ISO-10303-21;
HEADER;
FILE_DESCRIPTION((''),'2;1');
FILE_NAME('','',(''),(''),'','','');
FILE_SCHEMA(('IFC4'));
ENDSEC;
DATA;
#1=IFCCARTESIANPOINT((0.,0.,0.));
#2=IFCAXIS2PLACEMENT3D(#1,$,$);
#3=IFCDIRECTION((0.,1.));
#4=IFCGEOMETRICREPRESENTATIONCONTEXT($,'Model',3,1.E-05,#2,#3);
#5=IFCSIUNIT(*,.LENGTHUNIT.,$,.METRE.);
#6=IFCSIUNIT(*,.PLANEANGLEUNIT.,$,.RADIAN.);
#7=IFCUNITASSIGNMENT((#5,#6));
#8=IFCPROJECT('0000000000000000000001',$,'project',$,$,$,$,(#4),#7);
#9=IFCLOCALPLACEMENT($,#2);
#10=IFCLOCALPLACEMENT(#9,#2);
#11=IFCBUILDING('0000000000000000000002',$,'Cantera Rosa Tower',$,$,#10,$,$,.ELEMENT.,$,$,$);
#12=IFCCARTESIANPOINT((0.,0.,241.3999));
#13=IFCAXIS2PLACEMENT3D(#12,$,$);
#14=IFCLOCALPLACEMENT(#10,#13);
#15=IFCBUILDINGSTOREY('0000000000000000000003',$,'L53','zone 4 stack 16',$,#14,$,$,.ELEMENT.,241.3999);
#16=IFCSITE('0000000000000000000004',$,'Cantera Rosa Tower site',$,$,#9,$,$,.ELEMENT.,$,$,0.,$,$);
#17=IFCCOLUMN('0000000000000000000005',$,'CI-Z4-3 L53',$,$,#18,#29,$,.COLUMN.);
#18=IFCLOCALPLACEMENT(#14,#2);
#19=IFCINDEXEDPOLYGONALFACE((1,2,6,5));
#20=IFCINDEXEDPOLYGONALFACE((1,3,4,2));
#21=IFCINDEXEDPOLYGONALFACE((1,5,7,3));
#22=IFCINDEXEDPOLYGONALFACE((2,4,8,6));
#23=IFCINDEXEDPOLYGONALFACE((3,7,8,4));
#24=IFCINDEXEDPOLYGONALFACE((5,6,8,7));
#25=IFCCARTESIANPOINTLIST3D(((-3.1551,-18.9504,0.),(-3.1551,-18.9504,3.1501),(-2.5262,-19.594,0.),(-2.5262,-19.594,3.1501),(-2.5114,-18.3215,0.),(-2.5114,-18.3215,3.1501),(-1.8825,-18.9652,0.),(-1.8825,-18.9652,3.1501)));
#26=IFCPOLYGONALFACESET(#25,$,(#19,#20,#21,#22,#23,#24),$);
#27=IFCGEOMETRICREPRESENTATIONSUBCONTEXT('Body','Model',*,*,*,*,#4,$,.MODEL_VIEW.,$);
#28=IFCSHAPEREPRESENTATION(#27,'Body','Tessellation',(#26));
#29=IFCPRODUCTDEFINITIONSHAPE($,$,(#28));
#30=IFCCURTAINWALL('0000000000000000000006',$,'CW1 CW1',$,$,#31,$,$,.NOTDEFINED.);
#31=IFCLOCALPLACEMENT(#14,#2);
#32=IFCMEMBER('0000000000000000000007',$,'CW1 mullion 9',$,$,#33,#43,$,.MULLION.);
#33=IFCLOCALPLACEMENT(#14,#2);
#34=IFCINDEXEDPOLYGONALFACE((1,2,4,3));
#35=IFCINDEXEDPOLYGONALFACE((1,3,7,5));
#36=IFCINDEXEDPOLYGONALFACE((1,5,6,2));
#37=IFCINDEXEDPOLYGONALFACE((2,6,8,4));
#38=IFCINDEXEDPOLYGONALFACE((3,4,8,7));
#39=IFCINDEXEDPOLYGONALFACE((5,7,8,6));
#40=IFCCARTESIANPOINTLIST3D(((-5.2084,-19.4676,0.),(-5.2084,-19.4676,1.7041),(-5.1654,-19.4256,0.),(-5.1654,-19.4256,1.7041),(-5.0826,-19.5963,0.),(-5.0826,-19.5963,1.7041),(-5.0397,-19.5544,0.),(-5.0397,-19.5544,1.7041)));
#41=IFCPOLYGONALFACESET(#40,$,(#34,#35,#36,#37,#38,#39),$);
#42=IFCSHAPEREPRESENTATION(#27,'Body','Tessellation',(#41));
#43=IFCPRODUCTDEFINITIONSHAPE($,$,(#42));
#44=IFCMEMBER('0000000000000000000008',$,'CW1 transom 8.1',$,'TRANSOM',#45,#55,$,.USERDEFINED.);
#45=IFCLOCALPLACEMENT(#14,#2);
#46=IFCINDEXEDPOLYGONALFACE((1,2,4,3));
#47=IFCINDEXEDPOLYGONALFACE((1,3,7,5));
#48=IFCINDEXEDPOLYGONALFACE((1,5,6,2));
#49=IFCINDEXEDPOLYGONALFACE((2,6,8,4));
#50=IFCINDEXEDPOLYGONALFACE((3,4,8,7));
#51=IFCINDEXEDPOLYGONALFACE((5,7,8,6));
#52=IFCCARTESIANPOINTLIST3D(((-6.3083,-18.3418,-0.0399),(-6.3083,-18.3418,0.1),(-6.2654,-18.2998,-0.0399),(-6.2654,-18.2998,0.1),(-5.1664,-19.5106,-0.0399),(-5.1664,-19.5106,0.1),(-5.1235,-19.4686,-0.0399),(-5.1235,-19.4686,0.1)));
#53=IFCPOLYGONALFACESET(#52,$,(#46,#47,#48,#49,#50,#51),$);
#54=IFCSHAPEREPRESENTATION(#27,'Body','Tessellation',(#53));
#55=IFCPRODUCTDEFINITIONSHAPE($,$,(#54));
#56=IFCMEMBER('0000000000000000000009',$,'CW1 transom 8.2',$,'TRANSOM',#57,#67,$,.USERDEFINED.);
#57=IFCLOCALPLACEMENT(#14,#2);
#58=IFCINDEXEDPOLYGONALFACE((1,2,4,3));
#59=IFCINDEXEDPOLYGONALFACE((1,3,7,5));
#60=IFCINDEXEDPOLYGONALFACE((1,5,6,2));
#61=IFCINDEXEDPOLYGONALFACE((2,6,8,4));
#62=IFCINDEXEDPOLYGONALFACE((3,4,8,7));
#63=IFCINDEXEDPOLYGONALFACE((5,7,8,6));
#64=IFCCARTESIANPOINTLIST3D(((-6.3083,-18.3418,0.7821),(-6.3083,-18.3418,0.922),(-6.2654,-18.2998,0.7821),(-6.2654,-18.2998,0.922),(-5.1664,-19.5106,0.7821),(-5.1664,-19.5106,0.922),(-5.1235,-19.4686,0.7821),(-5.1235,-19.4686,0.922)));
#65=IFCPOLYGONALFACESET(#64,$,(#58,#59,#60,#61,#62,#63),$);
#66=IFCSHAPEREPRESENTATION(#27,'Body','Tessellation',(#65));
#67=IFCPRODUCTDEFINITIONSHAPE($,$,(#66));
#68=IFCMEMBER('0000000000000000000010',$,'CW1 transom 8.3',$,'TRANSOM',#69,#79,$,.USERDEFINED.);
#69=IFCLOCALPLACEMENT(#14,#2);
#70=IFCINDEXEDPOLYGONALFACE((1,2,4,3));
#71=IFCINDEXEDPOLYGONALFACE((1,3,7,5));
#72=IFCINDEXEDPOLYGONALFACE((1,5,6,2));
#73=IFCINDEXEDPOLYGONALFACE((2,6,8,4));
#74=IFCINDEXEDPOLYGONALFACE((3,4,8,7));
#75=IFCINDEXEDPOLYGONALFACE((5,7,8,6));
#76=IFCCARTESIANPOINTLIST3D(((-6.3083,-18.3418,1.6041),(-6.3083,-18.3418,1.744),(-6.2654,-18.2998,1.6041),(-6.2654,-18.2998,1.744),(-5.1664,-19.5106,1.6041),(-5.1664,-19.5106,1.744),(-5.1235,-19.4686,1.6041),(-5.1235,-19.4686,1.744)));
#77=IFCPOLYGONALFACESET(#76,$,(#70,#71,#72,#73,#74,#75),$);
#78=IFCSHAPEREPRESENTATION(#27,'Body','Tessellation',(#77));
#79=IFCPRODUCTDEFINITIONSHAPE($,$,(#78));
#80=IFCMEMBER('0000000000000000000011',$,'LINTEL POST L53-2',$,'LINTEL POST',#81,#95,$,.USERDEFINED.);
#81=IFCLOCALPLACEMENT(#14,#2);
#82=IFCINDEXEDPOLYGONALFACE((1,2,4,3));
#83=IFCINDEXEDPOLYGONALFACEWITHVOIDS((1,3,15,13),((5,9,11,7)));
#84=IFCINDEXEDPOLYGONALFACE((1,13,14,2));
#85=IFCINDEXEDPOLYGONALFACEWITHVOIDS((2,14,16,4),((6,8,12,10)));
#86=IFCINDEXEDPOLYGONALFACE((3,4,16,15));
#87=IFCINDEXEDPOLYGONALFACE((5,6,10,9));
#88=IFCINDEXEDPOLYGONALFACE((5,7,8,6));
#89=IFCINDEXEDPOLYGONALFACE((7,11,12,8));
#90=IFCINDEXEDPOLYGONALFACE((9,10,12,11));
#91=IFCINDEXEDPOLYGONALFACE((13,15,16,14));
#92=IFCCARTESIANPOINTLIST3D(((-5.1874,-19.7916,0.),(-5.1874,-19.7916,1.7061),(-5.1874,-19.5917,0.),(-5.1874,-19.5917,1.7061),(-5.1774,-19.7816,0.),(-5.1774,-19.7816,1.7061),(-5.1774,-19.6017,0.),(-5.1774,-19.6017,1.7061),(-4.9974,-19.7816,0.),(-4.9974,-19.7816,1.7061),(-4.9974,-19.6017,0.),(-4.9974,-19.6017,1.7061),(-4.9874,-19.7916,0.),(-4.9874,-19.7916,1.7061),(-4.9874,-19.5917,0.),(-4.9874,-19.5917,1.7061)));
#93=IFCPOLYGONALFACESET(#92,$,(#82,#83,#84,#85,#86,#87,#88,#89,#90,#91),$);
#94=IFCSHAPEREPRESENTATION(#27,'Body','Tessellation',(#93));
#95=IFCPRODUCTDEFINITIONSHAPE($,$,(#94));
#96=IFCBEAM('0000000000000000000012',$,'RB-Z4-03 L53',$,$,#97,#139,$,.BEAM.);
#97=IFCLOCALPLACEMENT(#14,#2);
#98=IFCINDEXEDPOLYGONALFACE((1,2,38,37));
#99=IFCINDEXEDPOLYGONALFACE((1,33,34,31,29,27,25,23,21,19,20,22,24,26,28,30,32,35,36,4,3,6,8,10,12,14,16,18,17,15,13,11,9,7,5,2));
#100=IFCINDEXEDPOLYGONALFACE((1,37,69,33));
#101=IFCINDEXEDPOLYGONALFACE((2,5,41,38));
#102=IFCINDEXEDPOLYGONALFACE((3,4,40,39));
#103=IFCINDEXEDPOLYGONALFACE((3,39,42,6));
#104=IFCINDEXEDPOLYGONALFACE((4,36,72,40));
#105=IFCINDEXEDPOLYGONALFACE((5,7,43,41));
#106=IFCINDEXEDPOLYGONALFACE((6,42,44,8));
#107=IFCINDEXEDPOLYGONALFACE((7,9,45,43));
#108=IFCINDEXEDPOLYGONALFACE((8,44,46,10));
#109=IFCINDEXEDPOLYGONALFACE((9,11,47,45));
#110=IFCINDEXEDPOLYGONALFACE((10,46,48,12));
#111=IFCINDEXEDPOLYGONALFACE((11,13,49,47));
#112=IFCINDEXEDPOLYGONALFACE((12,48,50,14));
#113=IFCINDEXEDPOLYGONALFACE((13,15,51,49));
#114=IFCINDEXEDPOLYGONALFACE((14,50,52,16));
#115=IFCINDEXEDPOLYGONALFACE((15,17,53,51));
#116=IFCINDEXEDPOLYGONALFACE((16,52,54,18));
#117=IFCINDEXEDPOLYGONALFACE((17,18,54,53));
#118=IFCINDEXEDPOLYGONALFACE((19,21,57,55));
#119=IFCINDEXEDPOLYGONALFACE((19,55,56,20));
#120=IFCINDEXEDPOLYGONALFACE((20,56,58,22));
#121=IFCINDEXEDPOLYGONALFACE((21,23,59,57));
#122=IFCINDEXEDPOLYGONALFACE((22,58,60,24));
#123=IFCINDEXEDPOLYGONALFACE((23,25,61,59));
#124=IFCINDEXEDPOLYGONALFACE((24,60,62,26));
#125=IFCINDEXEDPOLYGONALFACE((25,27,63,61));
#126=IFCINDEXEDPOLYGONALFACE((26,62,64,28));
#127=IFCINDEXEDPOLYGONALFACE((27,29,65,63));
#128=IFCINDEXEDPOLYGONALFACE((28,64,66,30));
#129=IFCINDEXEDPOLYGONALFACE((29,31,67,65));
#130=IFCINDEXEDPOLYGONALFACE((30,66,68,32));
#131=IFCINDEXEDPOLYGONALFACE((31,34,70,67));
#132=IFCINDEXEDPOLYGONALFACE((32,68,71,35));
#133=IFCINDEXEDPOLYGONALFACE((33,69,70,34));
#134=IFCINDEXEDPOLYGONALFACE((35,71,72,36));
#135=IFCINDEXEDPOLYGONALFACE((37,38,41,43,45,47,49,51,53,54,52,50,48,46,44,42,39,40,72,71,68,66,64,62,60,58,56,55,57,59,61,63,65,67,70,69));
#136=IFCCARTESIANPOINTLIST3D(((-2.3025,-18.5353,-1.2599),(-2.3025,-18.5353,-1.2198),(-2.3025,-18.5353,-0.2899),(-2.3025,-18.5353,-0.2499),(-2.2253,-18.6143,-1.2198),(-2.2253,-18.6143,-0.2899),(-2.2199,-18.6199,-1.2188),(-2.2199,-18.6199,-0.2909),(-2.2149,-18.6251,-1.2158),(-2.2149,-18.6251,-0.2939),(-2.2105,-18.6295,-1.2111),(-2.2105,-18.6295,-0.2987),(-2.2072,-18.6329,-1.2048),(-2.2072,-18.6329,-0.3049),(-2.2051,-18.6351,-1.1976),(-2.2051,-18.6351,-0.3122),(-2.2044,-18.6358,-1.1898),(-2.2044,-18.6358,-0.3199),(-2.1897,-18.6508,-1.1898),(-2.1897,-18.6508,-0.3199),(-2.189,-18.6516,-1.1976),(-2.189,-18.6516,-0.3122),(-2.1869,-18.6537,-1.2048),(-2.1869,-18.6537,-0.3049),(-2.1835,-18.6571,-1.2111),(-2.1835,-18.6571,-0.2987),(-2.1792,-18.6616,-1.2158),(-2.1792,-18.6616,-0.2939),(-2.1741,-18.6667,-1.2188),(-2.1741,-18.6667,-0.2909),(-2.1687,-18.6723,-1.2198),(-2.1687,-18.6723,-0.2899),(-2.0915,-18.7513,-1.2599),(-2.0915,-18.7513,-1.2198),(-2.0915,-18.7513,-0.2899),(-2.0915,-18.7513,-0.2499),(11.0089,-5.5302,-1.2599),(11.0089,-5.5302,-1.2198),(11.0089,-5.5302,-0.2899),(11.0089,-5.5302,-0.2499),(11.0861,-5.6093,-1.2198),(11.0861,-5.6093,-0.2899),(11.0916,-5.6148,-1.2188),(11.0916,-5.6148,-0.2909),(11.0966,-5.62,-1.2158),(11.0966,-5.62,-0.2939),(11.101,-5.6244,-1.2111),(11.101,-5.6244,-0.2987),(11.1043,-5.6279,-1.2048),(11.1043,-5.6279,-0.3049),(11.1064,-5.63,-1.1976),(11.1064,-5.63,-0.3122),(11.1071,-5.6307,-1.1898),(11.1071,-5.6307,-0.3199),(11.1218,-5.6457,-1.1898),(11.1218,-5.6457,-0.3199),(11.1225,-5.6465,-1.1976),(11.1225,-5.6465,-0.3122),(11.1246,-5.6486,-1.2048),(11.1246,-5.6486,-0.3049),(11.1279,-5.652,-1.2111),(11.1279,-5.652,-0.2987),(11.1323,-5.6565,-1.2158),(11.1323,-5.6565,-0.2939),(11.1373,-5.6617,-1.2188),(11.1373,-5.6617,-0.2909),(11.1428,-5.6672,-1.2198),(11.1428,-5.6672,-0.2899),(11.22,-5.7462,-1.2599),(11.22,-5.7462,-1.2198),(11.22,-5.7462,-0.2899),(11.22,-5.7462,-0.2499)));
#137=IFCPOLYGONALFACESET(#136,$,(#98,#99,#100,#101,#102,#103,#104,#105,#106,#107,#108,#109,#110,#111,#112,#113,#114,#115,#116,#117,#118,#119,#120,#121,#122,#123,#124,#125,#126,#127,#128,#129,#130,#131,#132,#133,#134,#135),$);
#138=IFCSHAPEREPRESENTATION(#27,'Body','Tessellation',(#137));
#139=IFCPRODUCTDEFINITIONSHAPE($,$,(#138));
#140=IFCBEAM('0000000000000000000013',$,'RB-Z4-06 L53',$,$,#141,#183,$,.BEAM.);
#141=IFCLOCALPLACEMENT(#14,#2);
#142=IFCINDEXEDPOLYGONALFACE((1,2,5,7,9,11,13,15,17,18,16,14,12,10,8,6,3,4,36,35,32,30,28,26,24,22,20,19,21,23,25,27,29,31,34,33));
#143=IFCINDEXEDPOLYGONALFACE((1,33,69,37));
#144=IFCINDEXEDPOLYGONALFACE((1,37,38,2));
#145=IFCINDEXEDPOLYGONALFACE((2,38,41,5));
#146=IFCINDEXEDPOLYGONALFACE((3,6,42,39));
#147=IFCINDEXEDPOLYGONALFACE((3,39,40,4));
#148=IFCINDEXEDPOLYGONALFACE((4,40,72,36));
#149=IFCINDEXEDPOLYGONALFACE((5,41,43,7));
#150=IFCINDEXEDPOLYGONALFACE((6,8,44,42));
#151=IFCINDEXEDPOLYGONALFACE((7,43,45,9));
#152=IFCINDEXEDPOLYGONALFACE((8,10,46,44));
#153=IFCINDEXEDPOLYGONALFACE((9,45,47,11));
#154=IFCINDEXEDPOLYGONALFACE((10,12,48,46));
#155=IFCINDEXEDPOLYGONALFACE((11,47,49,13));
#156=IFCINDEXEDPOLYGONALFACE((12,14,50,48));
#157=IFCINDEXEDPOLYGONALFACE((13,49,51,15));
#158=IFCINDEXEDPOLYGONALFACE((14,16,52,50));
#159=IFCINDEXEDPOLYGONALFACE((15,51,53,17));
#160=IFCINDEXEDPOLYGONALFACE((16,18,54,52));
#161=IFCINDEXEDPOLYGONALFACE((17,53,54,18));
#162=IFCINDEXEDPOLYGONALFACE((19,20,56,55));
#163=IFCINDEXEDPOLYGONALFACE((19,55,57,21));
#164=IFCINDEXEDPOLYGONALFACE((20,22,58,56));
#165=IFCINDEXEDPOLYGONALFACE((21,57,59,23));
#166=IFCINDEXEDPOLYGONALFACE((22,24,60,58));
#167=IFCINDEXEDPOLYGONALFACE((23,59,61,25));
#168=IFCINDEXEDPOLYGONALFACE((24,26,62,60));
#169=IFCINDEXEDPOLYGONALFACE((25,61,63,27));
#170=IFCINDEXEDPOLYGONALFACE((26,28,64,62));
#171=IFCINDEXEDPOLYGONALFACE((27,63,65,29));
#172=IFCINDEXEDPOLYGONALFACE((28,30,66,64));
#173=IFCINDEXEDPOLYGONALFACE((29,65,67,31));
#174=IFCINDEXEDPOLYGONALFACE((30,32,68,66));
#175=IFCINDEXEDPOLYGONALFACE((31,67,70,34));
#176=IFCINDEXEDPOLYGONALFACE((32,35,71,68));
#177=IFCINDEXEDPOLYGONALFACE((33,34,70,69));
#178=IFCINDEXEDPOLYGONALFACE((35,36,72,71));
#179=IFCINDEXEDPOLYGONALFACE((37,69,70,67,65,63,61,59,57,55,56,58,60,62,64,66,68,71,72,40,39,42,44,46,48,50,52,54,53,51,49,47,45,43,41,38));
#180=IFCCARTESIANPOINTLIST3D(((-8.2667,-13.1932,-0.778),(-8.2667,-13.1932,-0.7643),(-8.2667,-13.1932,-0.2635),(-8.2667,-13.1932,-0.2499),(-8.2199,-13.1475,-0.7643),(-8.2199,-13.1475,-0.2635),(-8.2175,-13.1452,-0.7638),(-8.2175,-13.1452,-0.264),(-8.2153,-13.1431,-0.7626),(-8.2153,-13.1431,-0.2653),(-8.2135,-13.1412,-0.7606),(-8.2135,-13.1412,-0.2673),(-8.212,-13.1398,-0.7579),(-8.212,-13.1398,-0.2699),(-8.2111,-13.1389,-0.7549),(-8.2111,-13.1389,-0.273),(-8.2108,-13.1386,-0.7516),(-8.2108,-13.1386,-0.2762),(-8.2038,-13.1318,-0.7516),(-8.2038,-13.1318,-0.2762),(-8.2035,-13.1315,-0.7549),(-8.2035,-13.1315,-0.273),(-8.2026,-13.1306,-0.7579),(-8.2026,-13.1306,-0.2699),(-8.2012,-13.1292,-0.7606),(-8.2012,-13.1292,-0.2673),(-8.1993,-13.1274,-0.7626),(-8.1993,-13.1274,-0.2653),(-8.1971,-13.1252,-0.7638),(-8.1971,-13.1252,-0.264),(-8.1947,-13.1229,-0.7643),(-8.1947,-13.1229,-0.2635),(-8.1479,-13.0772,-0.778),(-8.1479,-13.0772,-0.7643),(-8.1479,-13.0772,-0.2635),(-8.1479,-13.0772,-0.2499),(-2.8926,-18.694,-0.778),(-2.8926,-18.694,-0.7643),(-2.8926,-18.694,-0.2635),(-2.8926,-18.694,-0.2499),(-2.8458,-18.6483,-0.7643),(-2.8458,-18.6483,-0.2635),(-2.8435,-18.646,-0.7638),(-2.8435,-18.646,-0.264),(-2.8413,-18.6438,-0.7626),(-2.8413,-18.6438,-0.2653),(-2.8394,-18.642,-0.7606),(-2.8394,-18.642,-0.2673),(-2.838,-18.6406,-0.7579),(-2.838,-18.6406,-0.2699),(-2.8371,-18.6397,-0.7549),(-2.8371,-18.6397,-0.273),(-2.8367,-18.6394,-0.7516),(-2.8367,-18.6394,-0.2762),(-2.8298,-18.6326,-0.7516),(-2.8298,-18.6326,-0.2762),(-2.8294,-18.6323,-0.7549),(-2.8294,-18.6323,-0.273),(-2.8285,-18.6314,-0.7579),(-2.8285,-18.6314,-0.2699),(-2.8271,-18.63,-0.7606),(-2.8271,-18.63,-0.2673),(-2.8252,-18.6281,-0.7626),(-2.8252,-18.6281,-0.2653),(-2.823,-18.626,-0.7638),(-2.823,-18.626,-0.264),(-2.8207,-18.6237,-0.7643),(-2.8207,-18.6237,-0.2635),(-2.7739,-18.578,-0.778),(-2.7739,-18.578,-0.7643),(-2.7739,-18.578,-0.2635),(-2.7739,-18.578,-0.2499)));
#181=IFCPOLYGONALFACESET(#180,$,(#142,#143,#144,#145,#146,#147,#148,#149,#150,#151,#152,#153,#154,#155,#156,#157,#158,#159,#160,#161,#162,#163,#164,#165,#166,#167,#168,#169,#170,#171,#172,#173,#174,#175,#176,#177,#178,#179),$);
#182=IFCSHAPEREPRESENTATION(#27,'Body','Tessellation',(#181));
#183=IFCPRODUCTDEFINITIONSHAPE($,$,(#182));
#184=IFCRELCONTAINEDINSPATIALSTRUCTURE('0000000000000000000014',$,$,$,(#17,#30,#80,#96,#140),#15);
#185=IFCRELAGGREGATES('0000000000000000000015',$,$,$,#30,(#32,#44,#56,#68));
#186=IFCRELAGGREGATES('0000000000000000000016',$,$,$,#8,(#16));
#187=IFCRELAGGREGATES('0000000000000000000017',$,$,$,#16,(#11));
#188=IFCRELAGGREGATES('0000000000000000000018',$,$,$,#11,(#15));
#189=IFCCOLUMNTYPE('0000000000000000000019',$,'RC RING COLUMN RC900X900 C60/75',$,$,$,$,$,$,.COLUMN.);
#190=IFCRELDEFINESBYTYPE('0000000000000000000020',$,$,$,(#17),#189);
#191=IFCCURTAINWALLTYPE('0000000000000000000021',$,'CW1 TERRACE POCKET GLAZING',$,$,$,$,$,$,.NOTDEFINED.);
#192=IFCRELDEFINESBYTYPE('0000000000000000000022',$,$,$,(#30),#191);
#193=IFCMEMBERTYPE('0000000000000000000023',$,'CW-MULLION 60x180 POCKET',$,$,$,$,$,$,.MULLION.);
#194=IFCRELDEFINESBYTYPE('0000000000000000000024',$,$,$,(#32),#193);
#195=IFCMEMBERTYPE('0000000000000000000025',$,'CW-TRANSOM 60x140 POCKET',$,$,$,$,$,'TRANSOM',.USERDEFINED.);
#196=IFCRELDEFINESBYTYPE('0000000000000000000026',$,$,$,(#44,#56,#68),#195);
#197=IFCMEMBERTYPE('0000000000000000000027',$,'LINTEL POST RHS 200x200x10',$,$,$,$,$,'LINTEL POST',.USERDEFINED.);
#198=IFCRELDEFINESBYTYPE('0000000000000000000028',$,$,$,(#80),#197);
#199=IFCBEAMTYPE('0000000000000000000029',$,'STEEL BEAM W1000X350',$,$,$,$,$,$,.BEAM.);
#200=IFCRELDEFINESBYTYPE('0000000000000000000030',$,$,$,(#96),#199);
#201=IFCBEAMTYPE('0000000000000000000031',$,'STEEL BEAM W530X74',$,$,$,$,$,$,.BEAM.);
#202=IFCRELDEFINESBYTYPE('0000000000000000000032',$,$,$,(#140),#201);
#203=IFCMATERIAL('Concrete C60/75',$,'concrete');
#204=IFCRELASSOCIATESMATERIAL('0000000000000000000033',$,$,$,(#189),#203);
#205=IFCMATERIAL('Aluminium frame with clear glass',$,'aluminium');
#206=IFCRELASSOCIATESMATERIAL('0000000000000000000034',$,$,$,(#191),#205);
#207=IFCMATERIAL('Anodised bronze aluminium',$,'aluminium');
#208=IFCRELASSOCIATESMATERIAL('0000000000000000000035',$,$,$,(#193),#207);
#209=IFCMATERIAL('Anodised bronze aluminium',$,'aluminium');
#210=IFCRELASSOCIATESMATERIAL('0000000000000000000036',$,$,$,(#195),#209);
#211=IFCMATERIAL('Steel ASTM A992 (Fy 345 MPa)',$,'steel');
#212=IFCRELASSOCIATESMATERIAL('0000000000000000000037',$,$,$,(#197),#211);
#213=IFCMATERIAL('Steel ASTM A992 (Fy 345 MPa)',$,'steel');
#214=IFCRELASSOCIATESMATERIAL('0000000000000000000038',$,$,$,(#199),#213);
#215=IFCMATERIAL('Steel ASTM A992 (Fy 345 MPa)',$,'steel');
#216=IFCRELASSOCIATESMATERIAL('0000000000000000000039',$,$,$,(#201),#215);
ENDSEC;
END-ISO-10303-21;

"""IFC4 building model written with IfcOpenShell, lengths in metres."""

from ifc_helpers import new_model, si_unit, direction, frame, origin, origin_2d, place, context, subcontext, project, spatial, rectangle, hollow_rectangle, i_section, extrude, material, material_profile, profile_set, type_object, element, aggregate, save


model = new_model("IFC4")

# Units and contexts
model_context = context("Model", 3, precision=1e-05, world=origin(), true_north=direction((0.0, 1.0)))
body_context = subcontext(model_context, "Body", "Model", "MODEL_VIEW")
ifc_project = project(units=[si_unit("LENGTHUNIT", "METRE"), si_unit("PLANEANGLEUNIT", "RADIAN")], contexts=[model_context])

# Site, building, storey
site_placement = place(None, origin())
site = spatial("IfcSite", under=ifc_project, at=site_placement, Name="Cantera Rosa Tower site", CompositionType="ELEMENT", RefElevation=0.0)
building_placement = place(site_placement, origin())
building = spatial("IfcBuilding", under=site, at=building_placement, Name="Cantera Rosa Tower", CompositionType="ELEMENT")
storey_placement = place(building_placement, frame((0.0, 0.0, 241.3999)))
storey = spatial("IfcBuildingStorey", under=building, at=storey_placement, Name="L53", Description="zone 4 stack 16", CompositionType="ELEMENT", Elevation=241.3999)

# Column
ifc_material_1 = material(Name="Concrete C60/75", Category="concrete")
ifc_material_profile_1 = material_profile(ifc_material_1, rectangle(XDim=0.8999, YDim=0.8999, at=origin_2d()), Name="RC RING COLUMN RC900X900 C60/75")
ifc_profile_set_1 = profile_set([ifc_material_profile_1], Name="Concrete C60/75")
column_type = type_object("IfcColumnType", Name="RC RING COLUMN RC900X900 C60/75", PredefinedType="COLUMN", material=ifc_profile_set_1)
column_placement = place(storey_placement, frame((-2.5188, -18.9578, 0.0), z_axis=(0.0, 0.0, 1.0), x_axis=(0.715286, 0.698832, 0.0)))
element("IfcColumn", 1, at=column_placement, inside=storey, type_object=column_type, Name="CI-Z4-3 L53", PredefinedType="COLUMN", context=body_context, shape_type="SweptSolid", body=[
    extrude(rectangle(XDim=0.8999, YDim=0.8999, at=origin_2d()), origin(), (0.0, 0.0, 1.0), 3.1501),
])

# Curtain wall, members
ifc_material_2 = material(Name="Aluminium frame with clear glass", Category="aluminium")
curtain_wall_type = type_object("IfcCurtainWallType", Name="CW1 TERRACE POCKET GLAZING", PredefinedType="NOTDEFINED", material=ifc_material_2)
curtain_wall_placement = place(storey_placement, origin())
curtain_wall = element("IfcCurtainWall", 2, at=curtain_wall_placement, inside=storey, type_object=curtain_wall_type, Name="CW1 CW1", PredefinedType="NOTDEFINED")
ifc_material_3 = material(Name="Anodised bronze aluminium", Category="aluminium")
ifc_material_profile_2 = material_profile(ifc_material_3, rectangle(XDim=0.0601, YDim=0.1799, at=origin_2d()), Name="CW-MULLION 60x180 POCKET")
ifc_profile_set_2 = profile_set([ifc_material_profile_2], Name="Anodised bronze aluminium")
member_type_1 = type_object("IfcMemberType", Name="CW-MULLION 60x180 POCKET", PredefinedType="MULLION", material=ifc_profile_set_2)
member_1_placement = place(storey_placement, frame((-5.124, -19.511, 0.0), z_axis=(0.0, 0.0, 1.0), x_axis=(0.715286, 0.698832, 0.0)))
member_1 = element("IfcMember", 3, at=member_1_placement, type_object=member_type_1, Name="CW1 mullion 9", PredefinedType="MULLION", context=body_context, shape_type="SweptSolid", body=[
    extrude(rectangle(XDim=0.0601, YDim=0.1799, at=origin_2d()), origin(), (0.0, 0.0, 1.0), 1.7041),
])
ifc_material_4 = material(Name="Anodised bronze aluminium", Category="aluminium")
ifc_material_profile_3 = material_profile(ifc_material_4, rectangle(XDim=0.0601, YDim=0.1399, at=origin_2d()), Name="CW-TRANSOM 60x140 POCKET")
ifc_profile_set_3 = profile_set([ifc_material_profile_3], Name="Anodised bronze aluminium")
member_type_2 = type_object("IfcMemberType", Name="CW-TRANSOM 60x140 POCKET", ElementType="TRANSOM", PredefinedType="USERDEFINED", material=ifc_profile_set_3)
member_2_placement = place(storey_placement, frame((-6.2869, -18.3208, 0.03), z_axis=(0.698841, -0.715277, 0.0), x_axis=(0.715277, 0.698841, 0.0)))
member_2 = element("IfcMember", 4, at=member_2_placement, type_object=member_type_2, Name="CW1 transom 8.1", ObjectType="TRANSOM", PredefinedType="USERDEFINED", context=body_context, shape_type="SweptSolid", body=[
    extrude(rectangle(XDim=0.0601, YDim=0.1399, at=origin_2d()), origin(), (0.0, 0.0, 1.0), 1.634),
])
member_3_placement = place(storey_placement, frame((-6.2869, -18.3208, 0.8521), z_axis=(0.698841, -0.715277, 0.0), x_axis=(0.715277, 0.698841, 0.0)))
member_3 = element("IfcMember", 5, at=member_3_placement, type_object=member_type_2, Name="CW1 transom 8.2", ObjectType="TRANSOM", PredefinedType="USERDEFINED", context=body_context, shape_type="SweptSolid", body=[
    extrude(rectangle(XDim=0.0601, YDim=0.1399, at=origin_2d()), origin(), (0.0, 0.0, 1.0), 1.634),
])
member_4_placement = place(storey_placement, frame((-6.2869, -18.3208, 1.6741), z_axis=(0.698841, -0.715277, 0.0), x_axis=(0.715277, 0.698841, 0.0)))
member_4 = element("IfcMember", 6, at=member_4_placement, type_object=member_type_2, Name="CW1 transom 8.3", ObjectType="TRANSOM", PredefinedType="USERDEFINED", context=body_context, shape_type="SweptSolid", body=[
    extrude(rectangle(XDim=0.0601, YDim=0.1399, at=origin_2d()), origin(), (0.0, 0.0, 1.0), 1.634),
])

# Member
ifc_material_5 = material(Name="Steel ASTM A992 (Fy 345 MPa)", Category="steel")
ifc_material_profile_4 = material_profile(ifc_material_5, hollow_rectangle(XDim=0.2, YDim=0.2, WallThickness=0.01, at=origin_2d()), Name="LINTEL POST RHS 200x200x10")
ifc_profile_set_4 = profile_set([ifc_material_profile_4], Name="Steel ASTM A992 (Fy 345 MPa)")
member_type_3 = type_object("IfcMemberType", Name="LINTEL POST RHS 200x200x10", ElementType="LINTEL POST", PredefinedType="USERDEFINED", material=ifc_profile_set_4)
member_5_placement = place(storey_placement, frame((-5.0874, -19.6917, 0.0), z_axis=(0.0, 0.0, 1.0), x_axis=(1.0, 0.0, 0.0)))
element("IfcMember", 7, at=member_5_placement, inside=storey, type_object=member_type_3, Name="LINTEL POST L53-2", ObjectType="LINTEL POST", PredefinedType="USERDEFINED", context=body_context, shape_type="SweptSolid", body=[
    extrude(hollow_rectangle(XDim=0.2, YDim=0.2, WallThickness=0.01, at=origin_2d()), origin(), (0.0, 0.0, 1.0), 1.7061),
])

# Beams
ifc_material_6 = material(Name="Steel ASTM A992 (Fy 345 MPa)", Category="steel")
ifc_material_profile_5 = material_profile(ifc_material_6, i_section(OverallWidth=0.302, OverallDepth=1.01, WebThickness=0.021, FlangeThickness=0.04, FilletRadius=0.03, at=origin_2d()), Name="W1000X350")
ifc_profile_set_5 = profile_set([ifc_material_profile_5], Name="Steel ASTM A992 (Fy 345 MPa)")
beam_type_1 = type_object("IfcBeamType", Name="STEEL BEAM W1000X350", PredefinedType="BEAM", material=ifc_profile_set_5)
beam_1_placement = place(storey_placement, frame((-2.197, -18.6433, -0.7549), z_axis=(0.715291, 0.698827, 0.0), x_axis=(-0.698827, 0.715291, 0.0)))
element("IfcBeam", 8, at=beam_1_placement, inside=storey, type_object=beam_type_1, Name="RB-Z4-03 L53", PredefinedType="BEAM", context=body_context, shape_type="SweptSolid", body=[
    extrude(i_section(OverallWidth=0.302, OverallDepth=1.01, WebThickness=0.021, FlangeThickness=0.04, FilletRadius=0.03, at=origin_2d()), origin(), (0.0, 0.0, 1.0), 18.6099),
])
ifc_material_7 = material(Name="Steel ASTM A992 (Fy 345 MPa)", Category="steel")
ifc_material_profile_6 = material_profile(ifc_material_7, i_section(OverallWidth=0.166, OverallDepth=0.5281, WebThickness=0.0098, FlangeThickness=0.0137, FilletRadius=0.0127, at=origin_2d()), Name="W530X74")
ifc_profile_set_6 = profile_set([ifc_material_profile_6], Name="Steel ASTM A992 (Fy 345 MPa)")
beam_type_2 = type_object("IfcBeamType", Name="STEEL BEAM W530X74", PredefinedType="BEAM", material=ifc_profile_set_6)
beam_2_placement = place(storey_placement, frame((-2.8333, -18.636, -0.5139), z_axis=(-0.69882, 0.715297, 0.0), x_axis=(-0.715297, -0.69882, 0.0)))
element("IfcBeam", 9, at=beam_2_placement, inside=storey, type_object=beam_type_2, Name="RB-Z4-06 L53", PredefinedType="BEAM", context=body_context, shape_type="SweptSolid", body=[
    extrude(i_section(OverallWidth=0.166, OverallDepth=0.5281, WebThickness=0.0098, FlangeThickness=0.0137, FilletRadius=0.0127, at=origin_2d()), origin(), (0.0, 0.0, 1.0), 7.6902),
])

aggregate(curtain_wall, [member_1, member_2, member_3, member_4])

save(model, "model.ifc")
